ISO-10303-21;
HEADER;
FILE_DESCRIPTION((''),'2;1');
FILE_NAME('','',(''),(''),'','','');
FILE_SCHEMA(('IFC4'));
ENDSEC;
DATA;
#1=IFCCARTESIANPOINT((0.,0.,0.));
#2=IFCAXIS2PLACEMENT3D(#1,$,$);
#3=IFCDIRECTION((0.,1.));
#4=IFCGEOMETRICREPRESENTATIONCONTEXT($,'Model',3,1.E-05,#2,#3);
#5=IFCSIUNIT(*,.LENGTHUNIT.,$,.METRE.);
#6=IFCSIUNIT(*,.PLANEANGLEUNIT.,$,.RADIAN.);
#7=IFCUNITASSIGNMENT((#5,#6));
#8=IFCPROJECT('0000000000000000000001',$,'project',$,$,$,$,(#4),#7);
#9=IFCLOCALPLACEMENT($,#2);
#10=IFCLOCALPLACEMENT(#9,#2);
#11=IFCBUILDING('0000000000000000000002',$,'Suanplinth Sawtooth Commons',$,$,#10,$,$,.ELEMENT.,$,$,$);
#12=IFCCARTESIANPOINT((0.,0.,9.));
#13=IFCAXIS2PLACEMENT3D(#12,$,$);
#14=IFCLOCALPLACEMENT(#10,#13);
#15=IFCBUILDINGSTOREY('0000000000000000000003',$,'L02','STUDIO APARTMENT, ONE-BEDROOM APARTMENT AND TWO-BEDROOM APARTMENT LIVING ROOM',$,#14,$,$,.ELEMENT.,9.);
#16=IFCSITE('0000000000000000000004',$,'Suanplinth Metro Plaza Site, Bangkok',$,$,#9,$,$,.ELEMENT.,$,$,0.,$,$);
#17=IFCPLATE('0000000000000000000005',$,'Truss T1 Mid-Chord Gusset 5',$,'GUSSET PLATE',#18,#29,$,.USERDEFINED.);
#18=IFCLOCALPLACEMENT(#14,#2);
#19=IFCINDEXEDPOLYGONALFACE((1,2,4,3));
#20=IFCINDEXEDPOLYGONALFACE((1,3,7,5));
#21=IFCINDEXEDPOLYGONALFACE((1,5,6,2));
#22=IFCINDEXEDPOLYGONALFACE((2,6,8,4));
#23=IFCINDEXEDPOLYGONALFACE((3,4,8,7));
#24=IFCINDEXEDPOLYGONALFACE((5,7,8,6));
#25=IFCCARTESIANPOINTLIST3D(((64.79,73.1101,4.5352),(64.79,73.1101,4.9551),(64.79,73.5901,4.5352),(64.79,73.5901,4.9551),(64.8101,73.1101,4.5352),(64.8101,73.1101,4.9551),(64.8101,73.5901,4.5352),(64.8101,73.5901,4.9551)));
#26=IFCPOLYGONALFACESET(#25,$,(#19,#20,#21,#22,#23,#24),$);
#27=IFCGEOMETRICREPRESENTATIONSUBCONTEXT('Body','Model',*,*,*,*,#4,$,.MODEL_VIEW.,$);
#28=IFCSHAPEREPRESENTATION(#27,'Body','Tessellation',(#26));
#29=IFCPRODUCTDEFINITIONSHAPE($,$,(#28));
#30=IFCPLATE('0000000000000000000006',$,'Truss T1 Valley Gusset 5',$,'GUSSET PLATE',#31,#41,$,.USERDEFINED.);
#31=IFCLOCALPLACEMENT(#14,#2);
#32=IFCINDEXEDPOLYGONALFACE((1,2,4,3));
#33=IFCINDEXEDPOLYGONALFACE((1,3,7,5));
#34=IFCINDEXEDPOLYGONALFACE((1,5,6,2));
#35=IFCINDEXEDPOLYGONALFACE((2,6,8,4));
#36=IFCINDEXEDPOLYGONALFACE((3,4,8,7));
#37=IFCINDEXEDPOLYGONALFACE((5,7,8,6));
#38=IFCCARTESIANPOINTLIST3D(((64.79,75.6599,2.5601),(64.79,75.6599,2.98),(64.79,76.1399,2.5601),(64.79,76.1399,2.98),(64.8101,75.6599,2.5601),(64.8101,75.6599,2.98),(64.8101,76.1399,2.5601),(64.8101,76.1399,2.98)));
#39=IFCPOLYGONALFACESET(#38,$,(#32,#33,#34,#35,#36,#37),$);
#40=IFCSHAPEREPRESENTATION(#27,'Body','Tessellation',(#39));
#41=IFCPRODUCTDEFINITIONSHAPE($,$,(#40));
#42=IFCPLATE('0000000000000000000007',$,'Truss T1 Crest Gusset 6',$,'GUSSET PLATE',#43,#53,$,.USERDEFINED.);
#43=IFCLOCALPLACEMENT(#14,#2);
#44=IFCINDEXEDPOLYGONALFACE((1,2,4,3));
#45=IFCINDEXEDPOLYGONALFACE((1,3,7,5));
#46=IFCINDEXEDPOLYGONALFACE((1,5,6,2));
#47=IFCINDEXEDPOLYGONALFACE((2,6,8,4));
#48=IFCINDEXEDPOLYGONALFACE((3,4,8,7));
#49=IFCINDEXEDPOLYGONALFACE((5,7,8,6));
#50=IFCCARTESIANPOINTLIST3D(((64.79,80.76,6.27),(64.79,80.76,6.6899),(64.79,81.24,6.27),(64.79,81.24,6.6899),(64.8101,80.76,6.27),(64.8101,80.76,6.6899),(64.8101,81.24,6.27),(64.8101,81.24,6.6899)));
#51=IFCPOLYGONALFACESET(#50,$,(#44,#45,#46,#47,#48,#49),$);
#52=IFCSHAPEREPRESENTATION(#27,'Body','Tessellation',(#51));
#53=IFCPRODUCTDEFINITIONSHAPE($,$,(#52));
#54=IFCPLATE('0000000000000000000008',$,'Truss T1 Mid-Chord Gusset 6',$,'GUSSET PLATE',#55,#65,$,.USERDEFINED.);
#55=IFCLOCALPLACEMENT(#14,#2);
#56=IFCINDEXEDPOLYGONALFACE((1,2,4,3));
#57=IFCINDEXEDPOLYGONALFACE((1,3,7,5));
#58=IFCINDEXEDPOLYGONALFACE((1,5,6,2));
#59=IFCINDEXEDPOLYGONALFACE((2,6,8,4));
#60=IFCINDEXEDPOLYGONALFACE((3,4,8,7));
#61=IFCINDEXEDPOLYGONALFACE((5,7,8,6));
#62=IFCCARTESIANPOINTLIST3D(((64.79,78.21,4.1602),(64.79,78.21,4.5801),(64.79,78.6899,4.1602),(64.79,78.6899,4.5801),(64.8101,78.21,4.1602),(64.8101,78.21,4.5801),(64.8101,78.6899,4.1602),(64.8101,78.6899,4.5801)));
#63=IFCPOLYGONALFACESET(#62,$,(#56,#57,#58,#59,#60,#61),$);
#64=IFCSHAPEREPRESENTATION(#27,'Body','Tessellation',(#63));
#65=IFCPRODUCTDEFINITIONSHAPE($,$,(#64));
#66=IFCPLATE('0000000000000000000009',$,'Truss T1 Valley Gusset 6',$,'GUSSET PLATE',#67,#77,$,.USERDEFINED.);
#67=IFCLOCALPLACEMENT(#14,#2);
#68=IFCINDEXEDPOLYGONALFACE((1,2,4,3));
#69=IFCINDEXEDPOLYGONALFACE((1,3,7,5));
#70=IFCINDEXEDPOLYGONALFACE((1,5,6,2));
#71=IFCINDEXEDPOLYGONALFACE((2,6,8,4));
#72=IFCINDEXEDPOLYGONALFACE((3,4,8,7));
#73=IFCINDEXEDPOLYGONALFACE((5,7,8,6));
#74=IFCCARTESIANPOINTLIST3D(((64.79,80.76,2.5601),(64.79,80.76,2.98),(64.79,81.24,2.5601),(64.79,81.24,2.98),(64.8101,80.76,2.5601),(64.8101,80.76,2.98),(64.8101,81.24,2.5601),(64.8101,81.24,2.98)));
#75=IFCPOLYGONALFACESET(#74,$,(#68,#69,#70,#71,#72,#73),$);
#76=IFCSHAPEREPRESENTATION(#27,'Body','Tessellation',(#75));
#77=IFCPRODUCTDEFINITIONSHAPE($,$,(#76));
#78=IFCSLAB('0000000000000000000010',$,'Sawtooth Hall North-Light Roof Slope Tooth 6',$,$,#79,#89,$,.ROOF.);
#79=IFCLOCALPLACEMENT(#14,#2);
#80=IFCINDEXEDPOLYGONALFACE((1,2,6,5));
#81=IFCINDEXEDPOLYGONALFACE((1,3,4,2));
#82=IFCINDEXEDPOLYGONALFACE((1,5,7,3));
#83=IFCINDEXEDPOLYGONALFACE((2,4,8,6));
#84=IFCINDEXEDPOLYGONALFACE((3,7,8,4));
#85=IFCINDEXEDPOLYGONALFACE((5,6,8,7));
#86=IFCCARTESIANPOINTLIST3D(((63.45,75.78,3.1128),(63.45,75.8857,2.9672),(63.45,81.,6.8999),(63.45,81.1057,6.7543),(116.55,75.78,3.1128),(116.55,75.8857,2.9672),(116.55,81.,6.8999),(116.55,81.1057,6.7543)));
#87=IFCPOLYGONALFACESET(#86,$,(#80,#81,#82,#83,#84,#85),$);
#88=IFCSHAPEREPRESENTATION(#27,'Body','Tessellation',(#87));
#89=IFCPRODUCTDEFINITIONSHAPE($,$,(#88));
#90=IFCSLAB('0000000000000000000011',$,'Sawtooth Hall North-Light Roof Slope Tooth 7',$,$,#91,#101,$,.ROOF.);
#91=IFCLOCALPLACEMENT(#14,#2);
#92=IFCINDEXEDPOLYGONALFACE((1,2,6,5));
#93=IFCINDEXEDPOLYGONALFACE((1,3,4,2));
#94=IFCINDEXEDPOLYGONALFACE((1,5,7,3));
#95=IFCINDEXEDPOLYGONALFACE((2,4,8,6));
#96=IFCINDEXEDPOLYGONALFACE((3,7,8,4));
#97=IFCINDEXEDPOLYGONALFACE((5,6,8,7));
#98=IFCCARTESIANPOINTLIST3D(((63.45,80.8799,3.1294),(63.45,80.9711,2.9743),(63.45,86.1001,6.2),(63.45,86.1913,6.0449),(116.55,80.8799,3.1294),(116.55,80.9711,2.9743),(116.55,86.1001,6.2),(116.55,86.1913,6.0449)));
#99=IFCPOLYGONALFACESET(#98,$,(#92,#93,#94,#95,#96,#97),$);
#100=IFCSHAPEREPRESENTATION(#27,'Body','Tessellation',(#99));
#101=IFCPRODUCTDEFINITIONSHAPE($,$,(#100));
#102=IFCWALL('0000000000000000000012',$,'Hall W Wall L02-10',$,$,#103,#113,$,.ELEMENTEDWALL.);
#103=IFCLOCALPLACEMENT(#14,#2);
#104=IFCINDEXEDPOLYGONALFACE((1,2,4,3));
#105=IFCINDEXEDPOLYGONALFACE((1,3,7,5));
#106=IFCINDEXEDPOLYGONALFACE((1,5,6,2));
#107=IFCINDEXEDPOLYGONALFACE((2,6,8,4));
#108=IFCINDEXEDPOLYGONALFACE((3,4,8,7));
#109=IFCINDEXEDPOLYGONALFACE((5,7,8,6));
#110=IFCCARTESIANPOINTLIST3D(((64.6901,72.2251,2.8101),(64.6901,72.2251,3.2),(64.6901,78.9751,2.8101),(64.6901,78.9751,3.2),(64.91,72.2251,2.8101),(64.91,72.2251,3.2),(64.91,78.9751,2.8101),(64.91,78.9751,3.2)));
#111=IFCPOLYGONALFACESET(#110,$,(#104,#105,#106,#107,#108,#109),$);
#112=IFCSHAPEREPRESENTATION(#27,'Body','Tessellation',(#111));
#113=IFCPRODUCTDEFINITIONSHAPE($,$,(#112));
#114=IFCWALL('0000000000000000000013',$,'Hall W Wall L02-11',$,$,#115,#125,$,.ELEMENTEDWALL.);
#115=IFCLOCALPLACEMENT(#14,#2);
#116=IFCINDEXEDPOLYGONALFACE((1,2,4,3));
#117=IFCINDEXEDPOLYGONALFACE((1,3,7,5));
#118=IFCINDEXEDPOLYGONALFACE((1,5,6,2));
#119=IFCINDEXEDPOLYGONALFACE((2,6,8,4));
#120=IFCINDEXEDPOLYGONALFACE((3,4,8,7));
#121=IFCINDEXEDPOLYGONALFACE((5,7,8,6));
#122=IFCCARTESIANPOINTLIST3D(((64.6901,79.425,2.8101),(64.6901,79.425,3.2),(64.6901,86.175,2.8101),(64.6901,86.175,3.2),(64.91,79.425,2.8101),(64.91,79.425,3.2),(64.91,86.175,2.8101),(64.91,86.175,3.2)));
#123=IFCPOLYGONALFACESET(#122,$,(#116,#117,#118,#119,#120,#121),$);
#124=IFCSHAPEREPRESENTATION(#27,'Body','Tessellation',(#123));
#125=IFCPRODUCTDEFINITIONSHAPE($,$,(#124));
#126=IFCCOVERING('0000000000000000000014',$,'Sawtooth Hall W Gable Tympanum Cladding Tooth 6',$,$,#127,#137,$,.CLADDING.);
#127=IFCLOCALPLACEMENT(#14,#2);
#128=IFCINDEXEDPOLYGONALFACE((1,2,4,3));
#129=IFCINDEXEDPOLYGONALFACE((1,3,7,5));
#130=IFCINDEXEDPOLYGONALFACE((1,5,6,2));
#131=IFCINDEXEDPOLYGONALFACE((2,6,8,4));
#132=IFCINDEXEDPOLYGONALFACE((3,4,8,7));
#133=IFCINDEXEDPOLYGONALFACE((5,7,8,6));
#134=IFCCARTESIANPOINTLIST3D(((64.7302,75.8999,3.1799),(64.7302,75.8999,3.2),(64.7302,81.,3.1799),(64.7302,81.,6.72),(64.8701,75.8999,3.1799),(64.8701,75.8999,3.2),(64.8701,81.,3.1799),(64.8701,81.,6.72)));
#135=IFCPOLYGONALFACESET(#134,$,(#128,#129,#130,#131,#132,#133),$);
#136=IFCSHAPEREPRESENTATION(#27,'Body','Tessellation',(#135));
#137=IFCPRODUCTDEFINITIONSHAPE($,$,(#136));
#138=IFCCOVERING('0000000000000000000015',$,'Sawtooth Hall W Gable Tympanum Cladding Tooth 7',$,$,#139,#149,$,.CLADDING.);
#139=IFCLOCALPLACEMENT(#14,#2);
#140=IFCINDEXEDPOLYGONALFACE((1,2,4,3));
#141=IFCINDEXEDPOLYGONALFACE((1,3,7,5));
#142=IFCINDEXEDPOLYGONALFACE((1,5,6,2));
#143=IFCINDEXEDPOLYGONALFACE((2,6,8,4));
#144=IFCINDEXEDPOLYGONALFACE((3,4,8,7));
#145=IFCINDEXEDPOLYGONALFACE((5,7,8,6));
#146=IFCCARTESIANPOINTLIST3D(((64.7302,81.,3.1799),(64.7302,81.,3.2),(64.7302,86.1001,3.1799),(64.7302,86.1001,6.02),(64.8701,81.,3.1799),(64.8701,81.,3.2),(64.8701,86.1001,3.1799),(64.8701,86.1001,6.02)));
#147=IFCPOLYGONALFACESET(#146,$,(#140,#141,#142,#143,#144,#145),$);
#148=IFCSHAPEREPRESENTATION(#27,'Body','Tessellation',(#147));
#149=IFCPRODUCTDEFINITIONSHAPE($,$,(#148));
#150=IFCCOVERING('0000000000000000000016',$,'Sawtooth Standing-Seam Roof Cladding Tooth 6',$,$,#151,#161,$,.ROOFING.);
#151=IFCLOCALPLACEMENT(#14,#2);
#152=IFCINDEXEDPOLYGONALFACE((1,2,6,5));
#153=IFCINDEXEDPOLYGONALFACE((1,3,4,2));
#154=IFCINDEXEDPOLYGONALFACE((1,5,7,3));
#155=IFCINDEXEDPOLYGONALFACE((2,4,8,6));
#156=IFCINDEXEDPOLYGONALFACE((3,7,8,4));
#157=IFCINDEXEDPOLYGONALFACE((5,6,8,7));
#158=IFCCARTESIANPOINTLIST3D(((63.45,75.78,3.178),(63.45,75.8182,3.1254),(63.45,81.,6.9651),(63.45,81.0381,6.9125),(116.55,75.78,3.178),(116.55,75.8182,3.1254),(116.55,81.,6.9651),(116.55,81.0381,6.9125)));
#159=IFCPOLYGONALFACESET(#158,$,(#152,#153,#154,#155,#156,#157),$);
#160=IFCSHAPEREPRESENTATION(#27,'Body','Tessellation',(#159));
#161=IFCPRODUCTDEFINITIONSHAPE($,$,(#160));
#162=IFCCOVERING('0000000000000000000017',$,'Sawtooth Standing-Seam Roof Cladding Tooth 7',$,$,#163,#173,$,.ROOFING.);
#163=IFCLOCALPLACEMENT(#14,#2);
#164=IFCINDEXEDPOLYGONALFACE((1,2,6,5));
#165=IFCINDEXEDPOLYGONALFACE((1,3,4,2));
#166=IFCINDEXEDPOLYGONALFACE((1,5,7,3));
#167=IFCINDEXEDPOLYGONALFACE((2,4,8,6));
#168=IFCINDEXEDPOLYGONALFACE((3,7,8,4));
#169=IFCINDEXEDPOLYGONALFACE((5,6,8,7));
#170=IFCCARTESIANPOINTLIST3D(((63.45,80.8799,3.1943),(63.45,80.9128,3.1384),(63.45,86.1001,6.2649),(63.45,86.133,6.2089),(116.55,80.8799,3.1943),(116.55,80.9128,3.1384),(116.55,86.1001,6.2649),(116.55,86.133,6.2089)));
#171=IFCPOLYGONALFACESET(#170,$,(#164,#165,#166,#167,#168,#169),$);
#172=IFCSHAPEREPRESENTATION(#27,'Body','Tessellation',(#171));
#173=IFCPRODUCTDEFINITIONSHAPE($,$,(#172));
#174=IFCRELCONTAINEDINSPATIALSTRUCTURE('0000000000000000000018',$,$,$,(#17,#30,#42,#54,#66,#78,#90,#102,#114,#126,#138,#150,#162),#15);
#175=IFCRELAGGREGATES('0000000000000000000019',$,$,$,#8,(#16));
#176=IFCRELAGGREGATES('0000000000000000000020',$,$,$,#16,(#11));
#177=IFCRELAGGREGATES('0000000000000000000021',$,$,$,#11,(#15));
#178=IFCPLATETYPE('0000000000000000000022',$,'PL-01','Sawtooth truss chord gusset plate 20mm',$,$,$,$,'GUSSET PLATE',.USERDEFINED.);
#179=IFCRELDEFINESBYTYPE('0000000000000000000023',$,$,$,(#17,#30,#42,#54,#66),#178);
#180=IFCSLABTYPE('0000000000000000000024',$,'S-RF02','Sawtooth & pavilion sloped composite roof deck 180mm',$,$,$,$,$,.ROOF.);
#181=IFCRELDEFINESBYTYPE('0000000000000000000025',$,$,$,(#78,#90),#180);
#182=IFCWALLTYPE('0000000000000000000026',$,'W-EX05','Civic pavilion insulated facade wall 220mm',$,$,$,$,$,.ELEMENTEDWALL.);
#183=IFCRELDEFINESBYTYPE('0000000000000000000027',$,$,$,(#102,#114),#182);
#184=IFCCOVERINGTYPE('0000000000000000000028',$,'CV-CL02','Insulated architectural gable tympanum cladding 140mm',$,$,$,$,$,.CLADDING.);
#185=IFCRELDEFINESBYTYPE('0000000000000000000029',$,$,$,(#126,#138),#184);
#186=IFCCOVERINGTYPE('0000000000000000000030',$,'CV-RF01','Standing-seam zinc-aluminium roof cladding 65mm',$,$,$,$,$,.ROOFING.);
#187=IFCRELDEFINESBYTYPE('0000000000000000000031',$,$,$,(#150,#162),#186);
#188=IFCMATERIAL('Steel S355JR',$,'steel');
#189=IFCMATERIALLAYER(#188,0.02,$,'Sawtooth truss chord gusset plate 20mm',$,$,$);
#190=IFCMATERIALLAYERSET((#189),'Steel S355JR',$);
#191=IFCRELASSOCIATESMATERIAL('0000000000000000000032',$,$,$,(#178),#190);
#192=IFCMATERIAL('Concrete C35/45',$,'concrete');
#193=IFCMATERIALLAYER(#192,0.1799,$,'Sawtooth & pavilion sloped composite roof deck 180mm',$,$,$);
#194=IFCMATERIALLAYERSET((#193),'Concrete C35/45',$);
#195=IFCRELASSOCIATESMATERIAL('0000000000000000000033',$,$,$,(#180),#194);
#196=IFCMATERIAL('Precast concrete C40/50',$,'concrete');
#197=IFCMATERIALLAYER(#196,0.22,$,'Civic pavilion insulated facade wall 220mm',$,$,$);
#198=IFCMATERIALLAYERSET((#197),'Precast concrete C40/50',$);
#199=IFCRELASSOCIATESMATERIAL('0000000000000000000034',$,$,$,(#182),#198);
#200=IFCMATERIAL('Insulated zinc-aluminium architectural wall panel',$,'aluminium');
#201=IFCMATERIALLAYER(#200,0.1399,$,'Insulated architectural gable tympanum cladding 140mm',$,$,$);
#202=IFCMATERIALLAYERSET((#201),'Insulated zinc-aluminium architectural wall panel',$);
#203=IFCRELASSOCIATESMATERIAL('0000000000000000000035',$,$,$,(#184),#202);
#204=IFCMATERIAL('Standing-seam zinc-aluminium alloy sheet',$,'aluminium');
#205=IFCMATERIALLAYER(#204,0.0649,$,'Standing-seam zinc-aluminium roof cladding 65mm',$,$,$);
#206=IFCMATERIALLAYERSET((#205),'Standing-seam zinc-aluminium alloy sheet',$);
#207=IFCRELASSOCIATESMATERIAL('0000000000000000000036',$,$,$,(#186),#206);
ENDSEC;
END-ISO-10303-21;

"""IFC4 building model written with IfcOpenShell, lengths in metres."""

from ifc_helpers import new_model, si_unit, direction, frame, frame_2d, origin, origin_2d, place, context, subcontext, project, spatial, polyline, rectangle, outline, extrude, material, layer, layer_set, type_object, element, save


model = new_model("IFC4")

# Units and contexts
model_context = context("Model", 3, precision=1e-05, world=origin(), true_north=direction((0.0, 1.0)))
body_context = subcontext(model_context, "Body", "Model", "MODEL_VIEW")
ifc_project = project(units=[si_unit("LENGTHUNIT", "METRE"), si_unit("PLANEANGLEUNIT", "RADIAN")], contexts=[model_context])

# Site, building, storey
site_placement = place(None, origin())
site = spatial("IfcSite", under=ifc_project, at=site_placement, Name="Suanplinth Metro Plaza Site, Bangkok", CompositionType="ELEMENT", RefElevation=0.0)
building_placement = place(site_placement, origin())
building = spatial("IfcBuilding", under=site, at=building_placement, Name="Suanplinth Sawtooth Commons", CompositionType="ELEMENT")
storey_placement = place(building_placement, frame((0.0, 0.0, 9.0)))
storey = spatial("IfcBuildingStorey", under=building, at=storey_placement, Name="L02", Description="STUDIO APARTMENT, ONE-BEDROOM APARTMENT AND TWO-BEDROOM APARTMENT LIVING ROOM", CompositionType="ELEMENT", Elevation=9.0)

# Shared definitions
ifc_material_1 = material(Name="Steel S355JR", Category="steel")

# Plates
ifc_layer_1 = layer(ifc_material_1, 0.02, Name="Sawtooth truss chord gusset plate 20mm")
ifc_layer_set_1 = layer_set([ifc_layer_1], Name="Steel S355JR")
plate_type = type_object("IfcPlateType", Name="PL-01", Description="Sawtooth truss chord gusset plate 20mm", ElementType="GUSSET PLATE", PredefinedType="USERDEFINED", material=ifc_layer_set_1)
for number, where, z_axis, x_axis, name in (
    (1, (64.8, 73.3501, 4.5352), (0.0, 0.0, 1.0), (1.0, 0.0, 0.0), "Truss T1 Mid-Chord Gusset 5"),
    (2, (64.8, 75.8999, 2.5601), (0.0, 0.0, 1.0), (1.0, 0.0, 0.0), "Truss T1 Valley Gusset 5"),
    (3, (64.8, 81.0, 6.27), (0.0, 0.0, 1.0), (1.0, 0.0, 0.0), "Truss T1 Crest Gusset 6"),
    (4, (64.8, 78.45, 4.1602), (0.0, 0.0, 1.0), (1.0, 0.0, 0.0), "Truss T1 Mid-Chord Gusset 6"),
    (5, (64.8, 81.0, 2.5601), (0.0, 0.0, 1.0), (1.0, 0.0, 0.0), "Truss T1 Valley Gusset 6"),
):
    element("IfcPlate", number, at=place(storey_placement, frame(where, z_axis=z_axis, x_axis=x_axis)), inside=storey, type_object=plate_type, Name=name, ObjectType="GUSSET PLATE", PredefinedType="USERDEFINED", context=body_context, shape_type="SweptSolid", body=[
        extrude(rectangle(XDim=0.02, YDim=0.48, at=origin_2d()), origin(), (0.0, 0.0, 1.0), 0.4199),
    ])

# Slabs
ifc_material_2 = material(Name="Concrete C35/45", Category="concrete")
ifc_layer_2 = layer(ifc_material_2, 0.1799, Name="Sawtooth & pavilion sloped composite roof deck 180mm")
ifc_layer_set_2 = layer_set([ifc_layer_2], Name="Concrete C35/45")
slab_type = type_object("IfcSlabType", Name="S-RF02", Description="Sawtooth & pavilion sloped composite roof deck 180mm", PredefinedType="ROOF", material=ifc_layer_set_2)
slab_1_placement = place(storey_placement, frame((63.45, 75.78, 3.1128), z_axis=(0.0, -0.587235, 0.809417), x_axis=(1.0, 0.0, 0.0)))
element("IfcSlab", 6, at=slab_1_placement, inside=storey, type_object=slab_type, Name="Sawtooth Hall North-Light Roof Slope Tooth 6", PredefinedType="ROOF", context=body_context, shape_type="SweptSolid", body=[
    extrude(outline(polyline([(0.0, 0.0), (53.1001, 0.0), (53.1001, 6.4491), (0.0, 6.4491), (0.0, 0.0)])), origin(), (0.0, 0.0, -1.0), 0.1799),
])
slab_2_placement = place(storey_placement, frame((63.45, 80.8799, 3.1294), z_axis=(0.0, -0.507001, 0.861946), x_axis=(1.0, 0.0, 0.0)))
element("IfcSlab", 7, at=slab_2_placement, inside=storey, type_object=slab_type, Name="Sawtooth Hall North-Light Roof Slope Tooth 7", PredefinedType="ROOF", context=body_context, shape_type="SweptSolid", body=[
    extrude(outline(polyline([(0.0, 0.0), (53.1001, 0.0), (53.1001, 6.0563), (0.0, 6.0563), (0.0, 0.0)])), origin(), (0.0, 0.0, -1.0), 0.1799),
])

# Walls
ifc_material_3 = material(Name="Precast concrete C40/50", Category="concrete")
ifc_layer_3 = layer(ifc_material_3, 0.22, Name="Civic pavilion insulated facade wall 220mm")
ifc_layer_set_3 = layer_set([ifc_layer_3], Name="Precast concrete C40/50")
wall_type = type_object("IfcWallType", Name="W-EX05", Description="Civic pavilion insulated facade wall 220mm", PredefinedType="ELEMENTEDWALL", material=ifc_layer_set_3)
for number, where, z_axis, x_axis, name in (
    (8, (64.8, 72.2251, 2.8101), (0.0, 0.0, 1.0), (0.0, 1.0, 0.0), "Hall W Wall L02-10"),
    (9, (64.8, 79.425, 2.8101), (0.0, 0.0, 1.0), (0.0, 1.0, 0.0), "Hall W Wall L02-11"),
):
    element("IfcWall", number, at=place(storey_placement, frame(where, z_axis=z_axis, x_axis=x_axis)), inside=storey, type_object=wall_type, Name=name, PredefinedType="ELEMENTEDWALL", context=body_context, shape_type="SweptSolid", body=[
        extrude(rectangle(XDim=6.75, YDim=0.22, at=frame_2d((3.375, 0.0))), origin(), (0.0, 0.0, 1.0), 0.3899),
    ])

# Coverings
ifc_material_4 = material(Name="Insulated zinc-aluminium architectural wall panel", Category="aluminium")
ifc_layer_4 = layer(ifc_material_4, 0.1399, Name="Insulated architectural gable tympanum cladding 140mm")
ifc_layer_set_4 = layer_set([ifc_layer_4], Name="Insulated zinc-aluminium architectural wall panel")
covering_type_1 = type_object("IfcCoveringType", Name="CV-CL02", Description="Insulated architectural gable tympanum cladding 140mm", PredefinedType="CLADDING", material=ifc_layer_set_4)
covering_1_placement = place(storey_placement, frame((64.8, 75.8999, 3.1799), z_axis=(0.0, 0.0, 1.0), x_axis=(0.0, 1.0, 0.0)))
element("IfcCovering", 10, at=covering_1_placement, inside=storey, type_object=covering_type_1, Name="Sawtooth Hall W Gable Tympanum Cladding Tooth 6", PredefinedType="CLADDING", context=body_context, shape_type="SweptSolid", body=[
    extrude(outline(polyline([(0.0, 0.0), (5.1001, 0.0), (5.1001, 3.54), (0.0, 0.02), (0.0, 0.0)])), frame((0.0, 0.0698, 0.0), z_axis=(0.0, -1.0, 0.0), x_axis=(1.0, 0.0, 0.0)), (0.0, 0.0, 1.0), 0.1399),
])
covering_2_placement = place(storey_placement, frame((64.8, 81.0, 3.1799), z_axis=(0.0, 0.0, 1.0), x_axis=(0.0, 1.0, 0.0)))
element("IfcCovering", 11, at=covering_2_placement, inside=storey, type_object=covering_type_1, Name="Sawtooth Hall W Gable Tympanum Cladding Tooth 7", PredefinedType="CLADDING", context=body_context, shape_type="SweptSolid", body=[
    extrude(outline(polyline([(0.0, 0.0), (5.1001, 0.0), (5.1001, 2.8401), (0.0, 0.02), (0.0, 0.0)])), frame((0.0, 0.0698, 0.0), z_axis=(0.0, -1.0, 0.0), x_axis=(1.0, 0.0, 0.0)), (0.0, 0.0, 1.0), 0.1399),
])
ifc_material_5 = material(Name="Standing-seam zinc-aluminium alloy sheet", Category="aluminium")
ifc_layer_5 = layer(ifc_material_5, 0.0649, Name="Standing-seam zinc-aluminium roof cladding 65mm")
ifc_layer_set_5 = layer_set([ifc_layer_5], Name="Standing-seam zinc-aluminium alloy sheet")
covering_type_2 = type_object("IfcCoveringType", Name="CV-RF01", Description="Standing-seam zinc-aluminium roof cladding 65mm", PredefinedType="ROOFING", material=ifc_layer_set_5)
covering_3_placement = place(storey_placement, frame((63.45, 75.78, 3.178), z_axis=(0.0, -0.587235, 0.809417), x_axis=(1.0, 0.0, 0.0)))
element("IfcCovering", 12, at=covering_3_placement, inside=storey, type_object=covering_type_2, Name="Sawtooth Standing-Seam Roof Cladding Tooth 6", PredefinedType="ROOFING", context=body_context, shape_type="SweptSolid", body=[
    extrude(outline(polyline([(0.0, 0.0), (53.1001, 0.0), (53.1001, 6.4491), (0.0, 6.4491), (0.0, 0.0)])), origin(), (0.0, 0.0, -1.0), 0.0649),
])
covering_4_placement = place(storey_placement, frame((63.45, 80.8799, 3.1943), z_axis=(0.0, -0.507001, 0.861946), x_axis=(1.0, 0.0, 0.0)))
element("IfcCovering", 13, at=covering_4_placement, inside=storey, type_object=covering_type_2, Name="Sawtooth Standing-Seam Roof Cladding Tooth 7", PredefinedType="ROOFING", context=body_context, shape_type="SweptSolid", body=[
    extrude(outline(polyline([(0.0, 0.0), (53.1001, 0.0), (53.1001, 6.0563), (0.0, 6.0563), (0.0, 0.0)])), origin(), (0.0, 0.0, -1.0), 0.0649),
])

save(model, "model.ifc")
